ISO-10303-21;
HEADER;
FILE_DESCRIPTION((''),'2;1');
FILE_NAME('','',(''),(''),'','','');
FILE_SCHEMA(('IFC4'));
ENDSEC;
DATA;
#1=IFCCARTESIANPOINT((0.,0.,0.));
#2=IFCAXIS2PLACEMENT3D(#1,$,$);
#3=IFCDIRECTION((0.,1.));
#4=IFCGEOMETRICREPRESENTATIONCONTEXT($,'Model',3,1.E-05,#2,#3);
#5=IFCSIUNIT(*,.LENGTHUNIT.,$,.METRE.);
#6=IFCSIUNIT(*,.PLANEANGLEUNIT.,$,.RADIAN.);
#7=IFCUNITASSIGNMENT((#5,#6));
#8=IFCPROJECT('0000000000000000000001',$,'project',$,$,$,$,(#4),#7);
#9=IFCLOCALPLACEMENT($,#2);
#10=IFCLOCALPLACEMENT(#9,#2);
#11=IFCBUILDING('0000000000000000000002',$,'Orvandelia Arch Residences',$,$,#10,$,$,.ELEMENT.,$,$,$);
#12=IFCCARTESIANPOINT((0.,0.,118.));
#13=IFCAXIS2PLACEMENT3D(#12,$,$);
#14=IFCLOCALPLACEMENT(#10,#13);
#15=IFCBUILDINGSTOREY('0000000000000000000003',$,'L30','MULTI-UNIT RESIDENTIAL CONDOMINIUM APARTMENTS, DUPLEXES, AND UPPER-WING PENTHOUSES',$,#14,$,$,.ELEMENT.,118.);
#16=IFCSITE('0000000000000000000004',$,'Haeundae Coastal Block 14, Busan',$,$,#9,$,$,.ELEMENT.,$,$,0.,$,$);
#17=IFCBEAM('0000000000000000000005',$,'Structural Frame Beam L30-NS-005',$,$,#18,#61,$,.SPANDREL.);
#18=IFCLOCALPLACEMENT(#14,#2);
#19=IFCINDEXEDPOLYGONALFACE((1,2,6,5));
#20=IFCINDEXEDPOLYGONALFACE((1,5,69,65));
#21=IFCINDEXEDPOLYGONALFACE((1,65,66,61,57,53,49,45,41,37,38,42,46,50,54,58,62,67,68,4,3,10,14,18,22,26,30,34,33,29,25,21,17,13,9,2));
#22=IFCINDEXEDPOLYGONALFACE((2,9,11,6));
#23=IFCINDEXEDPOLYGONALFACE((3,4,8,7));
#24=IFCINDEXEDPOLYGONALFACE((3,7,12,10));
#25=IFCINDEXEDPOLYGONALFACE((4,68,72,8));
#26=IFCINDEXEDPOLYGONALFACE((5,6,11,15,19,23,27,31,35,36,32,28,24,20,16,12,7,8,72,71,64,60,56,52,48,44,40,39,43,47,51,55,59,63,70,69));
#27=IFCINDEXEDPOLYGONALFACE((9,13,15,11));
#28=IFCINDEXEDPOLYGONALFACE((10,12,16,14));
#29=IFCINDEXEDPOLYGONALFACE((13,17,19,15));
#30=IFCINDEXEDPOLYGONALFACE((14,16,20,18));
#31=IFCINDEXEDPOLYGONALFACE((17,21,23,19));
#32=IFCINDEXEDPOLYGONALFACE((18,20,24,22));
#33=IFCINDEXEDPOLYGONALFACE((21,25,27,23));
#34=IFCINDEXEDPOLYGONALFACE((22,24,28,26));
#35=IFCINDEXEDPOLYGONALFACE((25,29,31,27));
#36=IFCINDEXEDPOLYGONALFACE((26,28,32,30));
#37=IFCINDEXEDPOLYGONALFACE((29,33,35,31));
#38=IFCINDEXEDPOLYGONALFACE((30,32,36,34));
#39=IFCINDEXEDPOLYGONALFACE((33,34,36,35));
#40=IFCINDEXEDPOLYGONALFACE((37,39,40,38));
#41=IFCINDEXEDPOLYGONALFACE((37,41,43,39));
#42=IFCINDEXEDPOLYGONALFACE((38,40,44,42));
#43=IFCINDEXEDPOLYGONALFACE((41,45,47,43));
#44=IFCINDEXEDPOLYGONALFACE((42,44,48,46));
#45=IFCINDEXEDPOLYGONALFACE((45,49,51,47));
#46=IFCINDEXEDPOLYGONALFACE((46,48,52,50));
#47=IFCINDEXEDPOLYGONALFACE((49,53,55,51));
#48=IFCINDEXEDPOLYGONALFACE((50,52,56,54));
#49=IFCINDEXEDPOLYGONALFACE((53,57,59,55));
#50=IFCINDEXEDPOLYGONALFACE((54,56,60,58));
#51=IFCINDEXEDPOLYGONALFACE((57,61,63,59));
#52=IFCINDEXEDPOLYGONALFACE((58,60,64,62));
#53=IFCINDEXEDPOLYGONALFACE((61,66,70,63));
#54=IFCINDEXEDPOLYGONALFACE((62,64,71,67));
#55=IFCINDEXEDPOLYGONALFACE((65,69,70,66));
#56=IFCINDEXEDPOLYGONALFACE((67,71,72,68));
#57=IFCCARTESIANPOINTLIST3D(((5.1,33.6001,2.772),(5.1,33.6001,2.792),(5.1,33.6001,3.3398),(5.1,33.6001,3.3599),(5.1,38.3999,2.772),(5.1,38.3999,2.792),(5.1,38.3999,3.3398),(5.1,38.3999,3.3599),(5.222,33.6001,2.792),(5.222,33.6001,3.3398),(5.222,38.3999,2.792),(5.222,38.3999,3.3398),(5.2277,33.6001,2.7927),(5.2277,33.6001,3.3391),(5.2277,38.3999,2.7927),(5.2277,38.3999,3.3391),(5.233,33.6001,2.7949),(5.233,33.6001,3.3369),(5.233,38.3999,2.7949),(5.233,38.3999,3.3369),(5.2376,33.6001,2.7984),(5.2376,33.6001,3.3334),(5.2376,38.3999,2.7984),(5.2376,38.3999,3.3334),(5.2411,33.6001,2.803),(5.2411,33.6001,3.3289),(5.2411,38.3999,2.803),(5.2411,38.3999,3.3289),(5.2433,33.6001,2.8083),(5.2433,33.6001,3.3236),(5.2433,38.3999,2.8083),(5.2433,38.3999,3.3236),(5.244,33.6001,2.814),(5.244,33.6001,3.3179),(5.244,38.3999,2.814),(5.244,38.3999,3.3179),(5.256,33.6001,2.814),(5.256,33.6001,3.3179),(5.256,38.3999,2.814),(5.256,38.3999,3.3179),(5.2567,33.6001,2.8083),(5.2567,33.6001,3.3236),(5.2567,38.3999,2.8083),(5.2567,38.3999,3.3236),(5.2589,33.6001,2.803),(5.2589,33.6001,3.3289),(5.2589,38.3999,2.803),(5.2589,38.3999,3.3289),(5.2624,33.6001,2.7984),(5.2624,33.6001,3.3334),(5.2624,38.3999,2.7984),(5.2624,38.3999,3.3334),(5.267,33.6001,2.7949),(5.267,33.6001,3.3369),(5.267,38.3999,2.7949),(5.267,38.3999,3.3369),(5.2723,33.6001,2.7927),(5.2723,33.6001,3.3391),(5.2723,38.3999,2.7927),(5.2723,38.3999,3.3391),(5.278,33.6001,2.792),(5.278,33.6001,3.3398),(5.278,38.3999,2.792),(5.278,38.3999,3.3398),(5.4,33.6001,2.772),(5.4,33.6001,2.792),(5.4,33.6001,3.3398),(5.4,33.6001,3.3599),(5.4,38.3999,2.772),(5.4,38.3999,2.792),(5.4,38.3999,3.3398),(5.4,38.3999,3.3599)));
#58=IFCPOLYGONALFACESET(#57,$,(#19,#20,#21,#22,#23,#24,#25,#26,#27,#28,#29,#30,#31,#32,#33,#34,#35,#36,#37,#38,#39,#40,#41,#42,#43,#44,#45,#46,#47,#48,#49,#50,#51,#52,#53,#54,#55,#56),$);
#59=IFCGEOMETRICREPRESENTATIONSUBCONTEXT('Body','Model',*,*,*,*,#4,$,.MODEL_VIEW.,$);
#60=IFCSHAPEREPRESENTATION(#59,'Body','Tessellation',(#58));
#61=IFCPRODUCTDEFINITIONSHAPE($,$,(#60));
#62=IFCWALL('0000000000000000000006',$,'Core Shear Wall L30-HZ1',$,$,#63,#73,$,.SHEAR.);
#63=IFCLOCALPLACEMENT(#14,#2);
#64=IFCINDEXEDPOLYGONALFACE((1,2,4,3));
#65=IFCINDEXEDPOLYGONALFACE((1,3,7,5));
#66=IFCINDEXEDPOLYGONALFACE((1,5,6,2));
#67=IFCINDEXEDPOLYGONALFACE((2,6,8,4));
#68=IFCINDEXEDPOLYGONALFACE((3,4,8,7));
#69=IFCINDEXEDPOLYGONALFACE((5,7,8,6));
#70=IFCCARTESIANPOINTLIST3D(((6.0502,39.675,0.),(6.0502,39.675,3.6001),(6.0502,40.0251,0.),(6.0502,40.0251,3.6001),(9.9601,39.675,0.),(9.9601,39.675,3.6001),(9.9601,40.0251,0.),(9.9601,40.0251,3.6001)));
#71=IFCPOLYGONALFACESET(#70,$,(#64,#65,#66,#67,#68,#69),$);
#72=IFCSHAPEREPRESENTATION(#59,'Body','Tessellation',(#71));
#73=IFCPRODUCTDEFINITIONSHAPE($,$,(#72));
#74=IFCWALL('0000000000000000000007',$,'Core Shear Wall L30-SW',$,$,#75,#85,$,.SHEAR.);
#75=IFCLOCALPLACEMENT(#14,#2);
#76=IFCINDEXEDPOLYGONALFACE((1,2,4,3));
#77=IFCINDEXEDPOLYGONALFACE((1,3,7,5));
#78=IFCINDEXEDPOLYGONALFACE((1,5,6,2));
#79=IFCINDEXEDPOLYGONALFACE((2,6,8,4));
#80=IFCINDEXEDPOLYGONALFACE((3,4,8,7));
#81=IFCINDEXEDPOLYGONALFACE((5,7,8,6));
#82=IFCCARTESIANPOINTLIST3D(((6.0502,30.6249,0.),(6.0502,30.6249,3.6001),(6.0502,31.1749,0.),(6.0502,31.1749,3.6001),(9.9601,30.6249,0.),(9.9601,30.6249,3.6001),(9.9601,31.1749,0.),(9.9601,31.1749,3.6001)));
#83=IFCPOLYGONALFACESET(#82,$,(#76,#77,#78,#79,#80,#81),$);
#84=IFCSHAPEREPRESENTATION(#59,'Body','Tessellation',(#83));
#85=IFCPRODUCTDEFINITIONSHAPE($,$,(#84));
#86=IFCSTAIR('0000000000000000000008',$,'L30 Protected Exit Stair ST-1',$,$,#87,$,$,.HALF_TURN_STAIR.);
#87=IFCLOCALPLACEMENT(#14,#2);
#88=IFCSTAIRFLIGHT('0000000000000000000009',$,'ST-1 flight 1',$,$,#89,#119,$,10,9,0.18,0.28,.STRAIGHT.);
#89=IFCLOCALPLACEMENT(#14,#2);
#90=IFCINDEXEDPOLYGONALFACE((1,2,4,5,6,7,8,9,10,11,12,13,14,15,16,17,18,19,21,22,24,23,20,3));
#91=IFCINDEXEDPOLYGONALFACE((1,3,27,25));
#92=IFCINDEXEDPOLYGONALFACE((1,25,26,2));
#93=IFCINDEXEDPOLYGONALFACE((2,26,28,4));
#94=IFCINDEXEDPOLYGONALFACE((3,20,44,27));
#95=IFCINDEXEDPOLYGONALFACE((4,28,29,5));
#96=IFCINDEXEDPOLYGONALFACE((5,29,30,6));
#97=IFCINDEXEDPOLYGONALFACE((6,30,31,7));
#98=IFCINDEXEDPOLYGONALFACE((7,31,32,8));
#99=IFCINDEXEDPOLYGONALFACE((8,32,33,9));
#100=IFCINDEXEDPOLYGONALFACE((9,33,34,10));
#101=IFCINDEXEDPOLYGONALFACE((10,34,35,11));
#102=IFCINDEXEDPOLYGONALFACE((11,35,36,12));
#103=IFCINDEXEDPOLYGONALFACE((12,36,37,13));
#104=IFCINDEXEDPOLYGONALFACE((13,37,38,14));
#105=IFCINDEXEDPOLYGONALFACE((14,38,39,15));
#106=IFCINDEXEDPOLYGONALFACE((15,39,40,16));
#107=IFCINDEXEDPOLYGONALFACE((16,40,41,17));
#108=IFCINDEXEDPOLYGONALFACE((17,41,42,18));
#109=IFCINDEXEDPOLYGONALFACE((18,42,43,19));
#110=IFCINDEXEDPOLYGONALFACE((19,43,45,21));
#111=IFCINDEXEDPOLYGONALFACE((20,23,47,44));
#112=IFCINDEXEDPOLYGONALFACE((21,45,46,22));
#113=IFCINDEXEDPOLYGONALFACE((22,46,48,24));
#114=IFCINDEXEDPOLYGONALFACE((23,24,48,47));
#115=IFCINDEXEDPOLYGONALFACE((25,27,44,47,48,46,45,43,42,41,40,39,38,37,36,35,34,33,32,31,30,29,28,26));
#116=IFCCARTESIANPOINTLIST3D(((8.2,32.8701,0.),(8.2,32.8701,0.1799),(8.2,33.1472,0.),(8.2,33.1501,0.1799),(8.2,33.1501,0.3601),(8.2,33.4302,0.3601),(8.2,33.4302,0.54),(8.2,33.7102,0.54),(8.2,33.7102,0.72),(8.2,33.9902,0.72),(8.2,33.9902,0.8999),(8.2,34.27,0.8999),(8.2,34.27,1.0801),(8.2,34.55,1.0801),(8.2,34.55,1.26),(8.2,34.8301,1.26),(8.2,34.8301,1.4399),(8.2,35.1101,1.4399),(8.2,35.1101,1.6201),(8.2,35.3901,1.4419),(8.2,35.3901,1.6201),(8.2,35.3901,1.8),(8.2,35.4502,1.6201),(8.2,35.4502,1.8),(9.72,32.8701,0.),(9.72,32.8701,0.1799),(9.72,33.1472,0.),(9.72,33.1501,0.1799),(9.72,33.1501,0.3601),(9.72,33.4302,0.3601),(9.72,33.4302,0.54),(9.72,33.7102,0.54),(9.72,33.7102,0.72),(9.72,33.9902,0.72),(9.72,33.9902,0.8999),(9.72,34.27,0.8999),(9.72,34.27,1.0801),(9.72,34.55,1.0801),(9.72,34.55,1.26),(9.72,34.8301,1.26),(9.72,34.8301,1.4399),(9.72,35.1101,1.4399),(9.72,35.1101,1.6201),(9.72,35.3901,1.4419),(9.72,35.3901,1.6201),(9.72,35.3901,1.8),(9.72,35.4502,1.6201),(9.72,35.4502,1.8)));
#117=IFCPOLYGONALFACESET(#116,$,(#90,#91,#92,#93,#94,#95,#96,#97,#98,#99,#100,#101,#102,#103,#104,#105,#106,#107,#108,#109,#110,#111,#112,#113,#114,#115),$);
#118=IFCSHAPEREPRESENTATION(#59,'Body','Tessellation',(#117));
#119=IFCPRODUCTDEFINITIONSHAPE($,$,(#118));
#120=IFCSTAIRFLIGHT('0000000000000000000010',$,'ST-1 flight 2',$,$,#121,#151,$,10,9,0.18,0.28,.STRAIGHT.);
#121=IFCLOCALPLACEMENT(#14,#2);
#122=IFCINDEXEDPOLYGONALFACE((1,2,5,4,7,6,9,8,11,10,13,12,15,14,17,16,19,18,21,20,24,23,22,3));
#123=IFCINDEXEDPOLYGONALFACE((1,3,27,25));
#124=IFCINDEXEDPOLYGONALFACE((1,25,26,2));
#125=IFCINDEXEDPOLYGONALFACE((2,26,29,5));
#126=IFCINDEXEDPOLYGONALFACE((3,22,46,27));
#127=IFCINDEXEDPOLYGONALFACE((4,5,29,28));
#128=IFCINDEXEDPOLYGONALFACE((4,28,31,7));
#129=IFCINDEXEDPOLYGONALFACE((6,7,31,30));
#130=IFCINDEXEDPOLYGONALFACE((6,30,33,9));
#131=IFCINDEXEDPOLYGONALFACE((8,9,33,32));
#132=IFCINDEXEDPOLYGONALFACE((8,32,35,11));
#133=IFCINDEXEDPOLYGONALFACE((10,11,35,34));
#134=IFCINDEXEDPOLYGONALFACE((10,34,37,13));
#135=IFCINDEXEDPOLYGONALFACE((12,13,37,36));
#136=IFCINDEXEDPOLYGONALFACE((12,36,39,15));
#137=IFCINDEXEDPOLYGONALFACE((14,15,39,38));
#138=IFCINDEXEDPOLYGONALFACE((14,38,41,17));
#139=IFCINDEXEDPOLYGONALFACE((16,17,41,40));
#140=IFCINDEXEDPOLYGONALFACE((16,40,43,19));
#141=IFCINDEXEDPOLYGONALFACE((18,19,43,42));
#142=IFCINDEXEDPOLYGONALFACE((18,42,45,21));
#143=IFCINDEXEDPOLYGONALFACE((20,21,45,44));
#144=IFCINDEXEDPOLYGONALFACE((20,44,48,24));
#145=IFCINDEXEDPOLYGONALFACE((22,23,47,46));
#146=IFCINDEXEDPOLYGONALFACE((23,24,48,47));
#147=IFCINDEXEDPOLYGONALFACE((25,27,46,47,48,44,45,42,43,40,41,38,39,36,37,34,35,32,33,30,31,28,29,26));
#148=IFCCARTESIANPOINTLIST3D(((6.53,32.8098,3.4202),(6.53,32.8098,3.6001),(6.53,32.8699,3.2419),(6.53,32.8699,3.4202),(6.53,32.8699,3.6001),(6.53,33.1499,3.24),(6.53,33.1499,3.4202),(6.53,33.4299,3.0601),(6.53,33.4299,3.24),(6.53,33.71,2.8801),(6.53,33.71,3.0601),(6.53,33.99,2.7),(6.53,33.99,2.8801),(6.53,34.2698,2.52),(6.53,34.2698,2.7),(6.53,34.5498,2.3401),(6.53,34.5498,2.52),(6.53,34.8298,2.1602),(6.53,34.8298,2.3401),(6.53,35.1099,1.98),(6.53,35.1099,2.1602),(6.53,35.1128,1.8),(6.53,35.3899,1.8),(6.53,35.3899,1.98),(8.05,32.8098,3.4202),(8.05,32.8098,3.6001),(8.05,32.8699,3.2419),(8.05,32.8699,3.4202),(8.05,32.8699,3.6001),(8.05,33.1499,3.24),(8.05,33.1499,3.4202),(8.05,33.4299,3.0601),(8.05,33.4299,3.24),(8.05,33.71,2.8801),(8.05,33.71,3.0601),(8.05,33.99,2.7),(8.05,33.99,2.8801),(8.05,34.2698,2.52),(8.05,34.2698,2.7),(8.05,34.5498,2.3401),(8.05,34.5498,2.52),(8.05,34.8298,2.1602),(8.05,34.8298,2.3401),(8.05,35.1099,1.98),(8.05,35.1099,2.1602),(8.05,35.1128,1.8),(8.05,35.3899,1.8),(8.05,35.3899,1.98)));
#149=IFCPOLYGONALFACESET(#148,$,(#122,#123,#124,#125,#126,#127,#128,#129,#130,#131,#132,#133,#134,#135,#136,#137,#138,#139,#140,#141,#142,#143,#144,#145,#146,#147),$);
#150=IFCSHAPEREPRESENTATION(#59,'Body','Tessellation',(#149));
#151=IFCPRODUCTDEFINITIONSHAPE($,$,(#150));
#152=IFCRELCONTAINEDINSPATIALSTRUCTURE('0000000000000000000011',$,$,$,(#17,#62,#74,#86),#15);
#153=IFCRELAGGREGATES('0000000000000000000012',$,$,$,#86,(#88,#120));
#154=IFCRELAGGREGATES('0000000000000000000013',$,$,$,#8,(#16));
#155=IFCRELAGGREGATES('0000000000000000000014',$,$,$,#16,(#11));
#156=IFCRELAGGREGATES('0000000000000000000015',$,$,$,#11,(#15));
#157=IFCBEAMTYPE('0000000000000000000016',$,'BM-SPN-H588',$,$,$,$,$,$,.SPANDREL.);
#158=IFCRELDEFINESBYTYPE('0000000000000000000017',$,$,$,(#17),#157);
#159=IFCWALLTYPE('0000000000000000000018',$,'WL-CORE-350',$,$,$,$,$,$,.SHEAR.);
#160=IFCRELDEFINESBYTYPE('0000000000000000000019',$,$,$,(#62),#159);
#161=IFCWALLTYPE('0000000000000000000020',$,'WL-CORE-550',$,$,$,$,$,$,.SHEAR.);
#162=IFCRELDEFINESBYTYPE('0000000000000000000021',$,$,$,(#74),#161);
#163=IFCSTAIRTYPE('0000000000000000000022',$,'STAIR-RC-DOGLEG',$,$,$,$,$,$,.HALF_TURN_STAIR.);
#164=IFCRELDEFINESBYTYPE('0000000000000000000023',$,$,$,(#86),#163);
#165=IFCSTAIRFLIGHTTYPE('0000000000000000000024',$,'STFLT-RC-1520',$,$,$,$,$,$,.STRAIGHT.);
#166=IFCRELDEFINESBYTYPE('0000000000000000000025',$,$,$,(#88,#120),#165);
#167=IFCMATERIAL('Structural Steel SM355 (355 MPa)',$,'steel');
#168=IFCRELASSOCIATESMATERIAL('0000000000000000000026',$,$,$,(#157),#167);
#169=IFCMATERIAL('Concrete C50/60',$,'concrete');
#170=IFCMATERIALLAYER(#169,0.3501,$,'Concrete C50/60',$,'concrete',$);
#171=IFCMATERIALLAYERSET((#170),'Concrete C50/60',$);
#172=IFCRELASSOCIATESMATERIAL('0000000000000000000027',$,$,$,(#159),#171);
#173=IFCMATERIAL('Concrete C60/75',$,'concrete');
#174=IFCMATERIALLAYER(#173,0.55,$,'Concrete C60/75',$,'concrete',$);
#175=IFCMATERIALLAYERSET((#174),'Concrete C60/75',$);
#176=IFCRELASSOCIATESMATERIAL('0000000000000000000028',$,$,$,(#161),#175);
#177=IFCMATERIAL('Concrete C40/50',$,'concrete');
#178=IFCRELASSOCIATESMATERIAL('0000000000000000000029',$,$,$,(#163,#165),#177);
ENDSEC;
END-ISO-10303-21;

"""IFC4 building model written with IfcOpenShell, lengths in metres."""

from ifc_helpers import new_model, si_unit, direction, frame, frame_2d, origin, origin_2d, place, context, subcontext, project, spatial, polyline, rectangle, i_section, outline, extrude, material, layer, layer_set, material_profile, profile_set, type_object, element, aggregate, save


model = new_model("IFC4")

# Units and contexts
model_context = context("Model", 3, precision=1e-05, world=origin(), true_north=direction((0.0, 1.0)))
body_context = subcontext(model_context, "Body", "Model", "MODEL_VIEW")
ifc_project = project(units=[si_unit("LENGTHUNIT", "METRE"), si_unit("PLANEANGLEUNIT", "RADIAN")], contexts=[model_context])

# Site, building, storey
site_placement = place(None, origin())
site = spatial("IfcSite", under=ifc_project, at=site_placement, Name="Haeundae Coastal Block 14, Busan", CompositionType="ELEMENT", RefElevation=0.0)
building_placement = place(site_placement, origin())
building = spatial("IfcBuilding", under=site, at=building_placement, Name="Orvandelia Arch Residences", CompositionType="ELEMENT")
storey_placement = place(building_placement, frame((0.0, 0.0, 118.0)))
storey = spatial("IfcBuildingStorey", under=building, at=storey_placement, Name="L30", Description="MULTI-UNIT RESIDENTIAL CONDOMINIUM APARTMENTS, DUPLEXES, AND UPPER-WING PENTHOUSES", CompositionType="ELEMENT", Elevation=118.0)

# Shared definitions
ifc_material_1 = material(Name="Concrete C60/75", Category="concrete")

# Beam
ifc_material_2 = material(Name="Structural Steel SM355 (355 MPa)", Category="steel")
ifc_material_profile_1 = material_profile(ifc_material_2, i_section(OverallWidth=0.3, OverallDepth=0.5879, WebThickness=0.012, FlangeThickness=0.02, FilletRadius=0.022, at=origin_2d()), Name="Structural Steel SM355 (355 MPa)", Category="steel")
ifc_profile_set_1 = profile_set([ifc_material_profile_1], Name="Structural Steel SM355 (355 MPa)")
beam_type_1 = type_object("IfcBeamType", Name="BM-SPN-H588", PredefinedType="SPANDREL", material=ifc_profile_set_1)
beam_1_placement = place(storey_placement, frame((5.25, 33.6001, 3.0659), z_axis=(0.0, 1.0, 0.0), x_axis=(-1.0, 0.0, 0.0)))
element("IfcBeam", 1, at=beam_1_placement, inside=storey, type_object=beam_type_1, Name="Structural Frame Beam L30-NS-005", PredefinedType="SPANDREL", context=body_context, shape_type="SweptSolid", body=[
    extrude(i_section(OverallWidth=0.3, OverallDepth=0.5879, WebThickness=0.012, FlangeThickness=0.02, FilletRadius=0.022, at=origin_2d()), origin(), (0.0, 0.0, 1.0), 4.7998),
])

# Walls
ifc_material_3 = material(Name="Concrete C50/60", Category="concrete")
ifc_layer_1 = layer(ifc_material_3, 0.3501, Name="Concrete C50/60", Category="concrete")
ifc_layer_set_1 = layer_set([ifc_layer_1], Name="Concrete C50/60")
wall_type_1 = type_object("IfcWallType", Name="WL-CORE-350", PredefinedType="SHEAR", material=ifc_layer_set_1)
wall_1_placement = place(storey_placement, frame((6.05, 39.8501, 0.0), z_axis=(0.0, 0.0, 1.0), x_axis=(1.0, 0.0, 0.0)))
element("IfcWall", 2, at=wall_1_placement, inside=storey, type_object=wall_type_1, Name="Core Shear Wall L30-HZ1", PredefinedType="SHEAR", context=body_context, shape_type="SweptSolid", body=[
    extrude(rectangle(XDim=3.9099, YDim=0.3501, at=frame_2d((1.9551, 0.0))), origin(), (0.0, 0.0, 1.0), 3.6001),
])
ifc_layer_2 = layer(ifc_material_1, 0.55, Name="Concrete C60/75", Category="concrete")
ifc_layer_set_2 = layer_set([ifc_layer_2], Name="Concrete C60/75")
wall_type_2 = type_object("IfcWallType", Name="WL-CORE-550", PredefinedType="SHEAR", material=ifc_layer_set_2)
wall_2_placement = place(storey_placement, frame((6.05, 30.8999, 0.0), z_axis=(0.0, 0.0, 1.0), x_axis=(1.0, 0.0, 0.0)))
element("IfcWall", 3, at=wall_2_placement, inside=storey, type_object=wall_type_2, Name="Core Shear Wall L30-SW", PredefinedType="SHEAR", context=body_context, shape_type="SweptSolid", body=[
    extrude(rectangle(XDim=3.9099, YDim=0.55, at=frame_2d((1.9551, 0.0))), origin(), (0.0, 0.0, 1.0), 3.6001),
])

# Stair, stair flights
ifc_material_4 = material(Name="Concrete C40/50", Category="concrete")
stair_type = type_object("IfcStairType", Name="STAIR-RC-DOGLEG", PredefinedType="HALF_TURN_STAIR", material=ifc_material_4)
stair_placement = place(storey_placement, origin())
stair = element("IfcStair", 4, at=stair_placement, inside=storey, type_object=stair_type, Name="L30 Protected Exit Stair ST-1", PredefinedType="HALF_TURN_STAIR")
stair_flight_type = type_object("IfcStairFlightType", Name="STFLT-RC-1520", PredefinedType="STRAIGHT", material=ifc_material_4)
stair_flight_1_placement = place(storey_placement, frame((8.96, 32.8701, 0.0), z_axis=(0.0, 0.0, 1.0), x_axis=(0.0, 1.0, 0.0)))
stair_flight_1 = element("IfcStairFlight", 5, at=stair_flight_1_placement, type_object=stair_flight_type, Name="ST-1 flight 1", NumberOfRisers=10, NumberOfTreads=9, PredefinedType="STRAIGHT", RiserHeight=0.18, TreadLength=0.28, context=body_context, shape_type="SweptSolid", body=[
    extrude(outline(polyline([(0.0, 0.0), (0.0, 0.1799), (0.28, 0.1799), (0.28, 0.3601), (0.5601, 0.3601), (0.5601, 0.54), (0.8401, 0.54), (0.8401, 0.72), (1.1201, 0.72), (1.1201, 0.8999), (1.3999, 0.8999), (1.3999, 1.0801), (1.6799, 1.0801), (1.6799, 1.26), (1.96, 1.26), (1.96, 1.4399), (2.24, 1.4399), (2.24, 1.6201), (2.52, 1.6201), (2.52, 1.8), (2.5801, 1.8), (2.5801, 1.6201), (2.52, 1.4419), (0.2771, 0.0), (0.0, 0.0)])), frame((0.0, 0.76, 0.0), z_axis=(0.0, -1.0, 0.0), x_axis=(1.0, 0.0, 0.0)), (0.0, 0.0, 1.0), 1.52),
])
stair_flight_2_placement = place(storey_placement, frame((7.29, 35.3899, 1.8), z_axis=(0.0, 0.0, 1.0), x_axis=(0.0, -1.0, 0.0)))
stair_flight_2 = element("IfcStairFlight", 6, at=stair_flight_2_placement, type_object=stair_flight_type, Name="ST-1 flight 2", NumberOfRisers=10, NumberOfTreads=9, PredefinedType="STRAIGHT", RiserHeight=0.18, TreadLength=0.28, context=body_context, shape_type="SweptSolid", body=[
    extrude(outline(polyline([(0.0, 0.0), (0.0, 0.1799), (0.28, 0.1799), (0.28, 0.3601), (0.5601, 0.3601), (0.5601, 0.54), (0.8401, 0.54), (0.8401, 0.72), (1.1201, 0.72), (1.1201, 0.8999), (1.3999, 0.8999), (1.3999, 1.0801), (1.6799, 1.0801), (1.6799, 1.26), (1.96, 1.26), (1.96, 1.4399), (2.24, 1.4399), (2.24, 1.6201), (2.52, 1.6201), (2.52, 1.8), (2.5801, 1.8), (2.5801, 1.6201), (2.52, 1.4419), (0.2771, 0.0), (0.0, 0.0)])), frame((0.0, 0.76, 0.0), z_axis=(0.0, -1.0, 0.0), x_axis=(1.0, 0.0, 0.0)), (0.0, 0.0, 1.0), 1.52),
])
aggregate(stair, [stair_flight_1, stair_flight_2])

save(model, "model.ifc")
